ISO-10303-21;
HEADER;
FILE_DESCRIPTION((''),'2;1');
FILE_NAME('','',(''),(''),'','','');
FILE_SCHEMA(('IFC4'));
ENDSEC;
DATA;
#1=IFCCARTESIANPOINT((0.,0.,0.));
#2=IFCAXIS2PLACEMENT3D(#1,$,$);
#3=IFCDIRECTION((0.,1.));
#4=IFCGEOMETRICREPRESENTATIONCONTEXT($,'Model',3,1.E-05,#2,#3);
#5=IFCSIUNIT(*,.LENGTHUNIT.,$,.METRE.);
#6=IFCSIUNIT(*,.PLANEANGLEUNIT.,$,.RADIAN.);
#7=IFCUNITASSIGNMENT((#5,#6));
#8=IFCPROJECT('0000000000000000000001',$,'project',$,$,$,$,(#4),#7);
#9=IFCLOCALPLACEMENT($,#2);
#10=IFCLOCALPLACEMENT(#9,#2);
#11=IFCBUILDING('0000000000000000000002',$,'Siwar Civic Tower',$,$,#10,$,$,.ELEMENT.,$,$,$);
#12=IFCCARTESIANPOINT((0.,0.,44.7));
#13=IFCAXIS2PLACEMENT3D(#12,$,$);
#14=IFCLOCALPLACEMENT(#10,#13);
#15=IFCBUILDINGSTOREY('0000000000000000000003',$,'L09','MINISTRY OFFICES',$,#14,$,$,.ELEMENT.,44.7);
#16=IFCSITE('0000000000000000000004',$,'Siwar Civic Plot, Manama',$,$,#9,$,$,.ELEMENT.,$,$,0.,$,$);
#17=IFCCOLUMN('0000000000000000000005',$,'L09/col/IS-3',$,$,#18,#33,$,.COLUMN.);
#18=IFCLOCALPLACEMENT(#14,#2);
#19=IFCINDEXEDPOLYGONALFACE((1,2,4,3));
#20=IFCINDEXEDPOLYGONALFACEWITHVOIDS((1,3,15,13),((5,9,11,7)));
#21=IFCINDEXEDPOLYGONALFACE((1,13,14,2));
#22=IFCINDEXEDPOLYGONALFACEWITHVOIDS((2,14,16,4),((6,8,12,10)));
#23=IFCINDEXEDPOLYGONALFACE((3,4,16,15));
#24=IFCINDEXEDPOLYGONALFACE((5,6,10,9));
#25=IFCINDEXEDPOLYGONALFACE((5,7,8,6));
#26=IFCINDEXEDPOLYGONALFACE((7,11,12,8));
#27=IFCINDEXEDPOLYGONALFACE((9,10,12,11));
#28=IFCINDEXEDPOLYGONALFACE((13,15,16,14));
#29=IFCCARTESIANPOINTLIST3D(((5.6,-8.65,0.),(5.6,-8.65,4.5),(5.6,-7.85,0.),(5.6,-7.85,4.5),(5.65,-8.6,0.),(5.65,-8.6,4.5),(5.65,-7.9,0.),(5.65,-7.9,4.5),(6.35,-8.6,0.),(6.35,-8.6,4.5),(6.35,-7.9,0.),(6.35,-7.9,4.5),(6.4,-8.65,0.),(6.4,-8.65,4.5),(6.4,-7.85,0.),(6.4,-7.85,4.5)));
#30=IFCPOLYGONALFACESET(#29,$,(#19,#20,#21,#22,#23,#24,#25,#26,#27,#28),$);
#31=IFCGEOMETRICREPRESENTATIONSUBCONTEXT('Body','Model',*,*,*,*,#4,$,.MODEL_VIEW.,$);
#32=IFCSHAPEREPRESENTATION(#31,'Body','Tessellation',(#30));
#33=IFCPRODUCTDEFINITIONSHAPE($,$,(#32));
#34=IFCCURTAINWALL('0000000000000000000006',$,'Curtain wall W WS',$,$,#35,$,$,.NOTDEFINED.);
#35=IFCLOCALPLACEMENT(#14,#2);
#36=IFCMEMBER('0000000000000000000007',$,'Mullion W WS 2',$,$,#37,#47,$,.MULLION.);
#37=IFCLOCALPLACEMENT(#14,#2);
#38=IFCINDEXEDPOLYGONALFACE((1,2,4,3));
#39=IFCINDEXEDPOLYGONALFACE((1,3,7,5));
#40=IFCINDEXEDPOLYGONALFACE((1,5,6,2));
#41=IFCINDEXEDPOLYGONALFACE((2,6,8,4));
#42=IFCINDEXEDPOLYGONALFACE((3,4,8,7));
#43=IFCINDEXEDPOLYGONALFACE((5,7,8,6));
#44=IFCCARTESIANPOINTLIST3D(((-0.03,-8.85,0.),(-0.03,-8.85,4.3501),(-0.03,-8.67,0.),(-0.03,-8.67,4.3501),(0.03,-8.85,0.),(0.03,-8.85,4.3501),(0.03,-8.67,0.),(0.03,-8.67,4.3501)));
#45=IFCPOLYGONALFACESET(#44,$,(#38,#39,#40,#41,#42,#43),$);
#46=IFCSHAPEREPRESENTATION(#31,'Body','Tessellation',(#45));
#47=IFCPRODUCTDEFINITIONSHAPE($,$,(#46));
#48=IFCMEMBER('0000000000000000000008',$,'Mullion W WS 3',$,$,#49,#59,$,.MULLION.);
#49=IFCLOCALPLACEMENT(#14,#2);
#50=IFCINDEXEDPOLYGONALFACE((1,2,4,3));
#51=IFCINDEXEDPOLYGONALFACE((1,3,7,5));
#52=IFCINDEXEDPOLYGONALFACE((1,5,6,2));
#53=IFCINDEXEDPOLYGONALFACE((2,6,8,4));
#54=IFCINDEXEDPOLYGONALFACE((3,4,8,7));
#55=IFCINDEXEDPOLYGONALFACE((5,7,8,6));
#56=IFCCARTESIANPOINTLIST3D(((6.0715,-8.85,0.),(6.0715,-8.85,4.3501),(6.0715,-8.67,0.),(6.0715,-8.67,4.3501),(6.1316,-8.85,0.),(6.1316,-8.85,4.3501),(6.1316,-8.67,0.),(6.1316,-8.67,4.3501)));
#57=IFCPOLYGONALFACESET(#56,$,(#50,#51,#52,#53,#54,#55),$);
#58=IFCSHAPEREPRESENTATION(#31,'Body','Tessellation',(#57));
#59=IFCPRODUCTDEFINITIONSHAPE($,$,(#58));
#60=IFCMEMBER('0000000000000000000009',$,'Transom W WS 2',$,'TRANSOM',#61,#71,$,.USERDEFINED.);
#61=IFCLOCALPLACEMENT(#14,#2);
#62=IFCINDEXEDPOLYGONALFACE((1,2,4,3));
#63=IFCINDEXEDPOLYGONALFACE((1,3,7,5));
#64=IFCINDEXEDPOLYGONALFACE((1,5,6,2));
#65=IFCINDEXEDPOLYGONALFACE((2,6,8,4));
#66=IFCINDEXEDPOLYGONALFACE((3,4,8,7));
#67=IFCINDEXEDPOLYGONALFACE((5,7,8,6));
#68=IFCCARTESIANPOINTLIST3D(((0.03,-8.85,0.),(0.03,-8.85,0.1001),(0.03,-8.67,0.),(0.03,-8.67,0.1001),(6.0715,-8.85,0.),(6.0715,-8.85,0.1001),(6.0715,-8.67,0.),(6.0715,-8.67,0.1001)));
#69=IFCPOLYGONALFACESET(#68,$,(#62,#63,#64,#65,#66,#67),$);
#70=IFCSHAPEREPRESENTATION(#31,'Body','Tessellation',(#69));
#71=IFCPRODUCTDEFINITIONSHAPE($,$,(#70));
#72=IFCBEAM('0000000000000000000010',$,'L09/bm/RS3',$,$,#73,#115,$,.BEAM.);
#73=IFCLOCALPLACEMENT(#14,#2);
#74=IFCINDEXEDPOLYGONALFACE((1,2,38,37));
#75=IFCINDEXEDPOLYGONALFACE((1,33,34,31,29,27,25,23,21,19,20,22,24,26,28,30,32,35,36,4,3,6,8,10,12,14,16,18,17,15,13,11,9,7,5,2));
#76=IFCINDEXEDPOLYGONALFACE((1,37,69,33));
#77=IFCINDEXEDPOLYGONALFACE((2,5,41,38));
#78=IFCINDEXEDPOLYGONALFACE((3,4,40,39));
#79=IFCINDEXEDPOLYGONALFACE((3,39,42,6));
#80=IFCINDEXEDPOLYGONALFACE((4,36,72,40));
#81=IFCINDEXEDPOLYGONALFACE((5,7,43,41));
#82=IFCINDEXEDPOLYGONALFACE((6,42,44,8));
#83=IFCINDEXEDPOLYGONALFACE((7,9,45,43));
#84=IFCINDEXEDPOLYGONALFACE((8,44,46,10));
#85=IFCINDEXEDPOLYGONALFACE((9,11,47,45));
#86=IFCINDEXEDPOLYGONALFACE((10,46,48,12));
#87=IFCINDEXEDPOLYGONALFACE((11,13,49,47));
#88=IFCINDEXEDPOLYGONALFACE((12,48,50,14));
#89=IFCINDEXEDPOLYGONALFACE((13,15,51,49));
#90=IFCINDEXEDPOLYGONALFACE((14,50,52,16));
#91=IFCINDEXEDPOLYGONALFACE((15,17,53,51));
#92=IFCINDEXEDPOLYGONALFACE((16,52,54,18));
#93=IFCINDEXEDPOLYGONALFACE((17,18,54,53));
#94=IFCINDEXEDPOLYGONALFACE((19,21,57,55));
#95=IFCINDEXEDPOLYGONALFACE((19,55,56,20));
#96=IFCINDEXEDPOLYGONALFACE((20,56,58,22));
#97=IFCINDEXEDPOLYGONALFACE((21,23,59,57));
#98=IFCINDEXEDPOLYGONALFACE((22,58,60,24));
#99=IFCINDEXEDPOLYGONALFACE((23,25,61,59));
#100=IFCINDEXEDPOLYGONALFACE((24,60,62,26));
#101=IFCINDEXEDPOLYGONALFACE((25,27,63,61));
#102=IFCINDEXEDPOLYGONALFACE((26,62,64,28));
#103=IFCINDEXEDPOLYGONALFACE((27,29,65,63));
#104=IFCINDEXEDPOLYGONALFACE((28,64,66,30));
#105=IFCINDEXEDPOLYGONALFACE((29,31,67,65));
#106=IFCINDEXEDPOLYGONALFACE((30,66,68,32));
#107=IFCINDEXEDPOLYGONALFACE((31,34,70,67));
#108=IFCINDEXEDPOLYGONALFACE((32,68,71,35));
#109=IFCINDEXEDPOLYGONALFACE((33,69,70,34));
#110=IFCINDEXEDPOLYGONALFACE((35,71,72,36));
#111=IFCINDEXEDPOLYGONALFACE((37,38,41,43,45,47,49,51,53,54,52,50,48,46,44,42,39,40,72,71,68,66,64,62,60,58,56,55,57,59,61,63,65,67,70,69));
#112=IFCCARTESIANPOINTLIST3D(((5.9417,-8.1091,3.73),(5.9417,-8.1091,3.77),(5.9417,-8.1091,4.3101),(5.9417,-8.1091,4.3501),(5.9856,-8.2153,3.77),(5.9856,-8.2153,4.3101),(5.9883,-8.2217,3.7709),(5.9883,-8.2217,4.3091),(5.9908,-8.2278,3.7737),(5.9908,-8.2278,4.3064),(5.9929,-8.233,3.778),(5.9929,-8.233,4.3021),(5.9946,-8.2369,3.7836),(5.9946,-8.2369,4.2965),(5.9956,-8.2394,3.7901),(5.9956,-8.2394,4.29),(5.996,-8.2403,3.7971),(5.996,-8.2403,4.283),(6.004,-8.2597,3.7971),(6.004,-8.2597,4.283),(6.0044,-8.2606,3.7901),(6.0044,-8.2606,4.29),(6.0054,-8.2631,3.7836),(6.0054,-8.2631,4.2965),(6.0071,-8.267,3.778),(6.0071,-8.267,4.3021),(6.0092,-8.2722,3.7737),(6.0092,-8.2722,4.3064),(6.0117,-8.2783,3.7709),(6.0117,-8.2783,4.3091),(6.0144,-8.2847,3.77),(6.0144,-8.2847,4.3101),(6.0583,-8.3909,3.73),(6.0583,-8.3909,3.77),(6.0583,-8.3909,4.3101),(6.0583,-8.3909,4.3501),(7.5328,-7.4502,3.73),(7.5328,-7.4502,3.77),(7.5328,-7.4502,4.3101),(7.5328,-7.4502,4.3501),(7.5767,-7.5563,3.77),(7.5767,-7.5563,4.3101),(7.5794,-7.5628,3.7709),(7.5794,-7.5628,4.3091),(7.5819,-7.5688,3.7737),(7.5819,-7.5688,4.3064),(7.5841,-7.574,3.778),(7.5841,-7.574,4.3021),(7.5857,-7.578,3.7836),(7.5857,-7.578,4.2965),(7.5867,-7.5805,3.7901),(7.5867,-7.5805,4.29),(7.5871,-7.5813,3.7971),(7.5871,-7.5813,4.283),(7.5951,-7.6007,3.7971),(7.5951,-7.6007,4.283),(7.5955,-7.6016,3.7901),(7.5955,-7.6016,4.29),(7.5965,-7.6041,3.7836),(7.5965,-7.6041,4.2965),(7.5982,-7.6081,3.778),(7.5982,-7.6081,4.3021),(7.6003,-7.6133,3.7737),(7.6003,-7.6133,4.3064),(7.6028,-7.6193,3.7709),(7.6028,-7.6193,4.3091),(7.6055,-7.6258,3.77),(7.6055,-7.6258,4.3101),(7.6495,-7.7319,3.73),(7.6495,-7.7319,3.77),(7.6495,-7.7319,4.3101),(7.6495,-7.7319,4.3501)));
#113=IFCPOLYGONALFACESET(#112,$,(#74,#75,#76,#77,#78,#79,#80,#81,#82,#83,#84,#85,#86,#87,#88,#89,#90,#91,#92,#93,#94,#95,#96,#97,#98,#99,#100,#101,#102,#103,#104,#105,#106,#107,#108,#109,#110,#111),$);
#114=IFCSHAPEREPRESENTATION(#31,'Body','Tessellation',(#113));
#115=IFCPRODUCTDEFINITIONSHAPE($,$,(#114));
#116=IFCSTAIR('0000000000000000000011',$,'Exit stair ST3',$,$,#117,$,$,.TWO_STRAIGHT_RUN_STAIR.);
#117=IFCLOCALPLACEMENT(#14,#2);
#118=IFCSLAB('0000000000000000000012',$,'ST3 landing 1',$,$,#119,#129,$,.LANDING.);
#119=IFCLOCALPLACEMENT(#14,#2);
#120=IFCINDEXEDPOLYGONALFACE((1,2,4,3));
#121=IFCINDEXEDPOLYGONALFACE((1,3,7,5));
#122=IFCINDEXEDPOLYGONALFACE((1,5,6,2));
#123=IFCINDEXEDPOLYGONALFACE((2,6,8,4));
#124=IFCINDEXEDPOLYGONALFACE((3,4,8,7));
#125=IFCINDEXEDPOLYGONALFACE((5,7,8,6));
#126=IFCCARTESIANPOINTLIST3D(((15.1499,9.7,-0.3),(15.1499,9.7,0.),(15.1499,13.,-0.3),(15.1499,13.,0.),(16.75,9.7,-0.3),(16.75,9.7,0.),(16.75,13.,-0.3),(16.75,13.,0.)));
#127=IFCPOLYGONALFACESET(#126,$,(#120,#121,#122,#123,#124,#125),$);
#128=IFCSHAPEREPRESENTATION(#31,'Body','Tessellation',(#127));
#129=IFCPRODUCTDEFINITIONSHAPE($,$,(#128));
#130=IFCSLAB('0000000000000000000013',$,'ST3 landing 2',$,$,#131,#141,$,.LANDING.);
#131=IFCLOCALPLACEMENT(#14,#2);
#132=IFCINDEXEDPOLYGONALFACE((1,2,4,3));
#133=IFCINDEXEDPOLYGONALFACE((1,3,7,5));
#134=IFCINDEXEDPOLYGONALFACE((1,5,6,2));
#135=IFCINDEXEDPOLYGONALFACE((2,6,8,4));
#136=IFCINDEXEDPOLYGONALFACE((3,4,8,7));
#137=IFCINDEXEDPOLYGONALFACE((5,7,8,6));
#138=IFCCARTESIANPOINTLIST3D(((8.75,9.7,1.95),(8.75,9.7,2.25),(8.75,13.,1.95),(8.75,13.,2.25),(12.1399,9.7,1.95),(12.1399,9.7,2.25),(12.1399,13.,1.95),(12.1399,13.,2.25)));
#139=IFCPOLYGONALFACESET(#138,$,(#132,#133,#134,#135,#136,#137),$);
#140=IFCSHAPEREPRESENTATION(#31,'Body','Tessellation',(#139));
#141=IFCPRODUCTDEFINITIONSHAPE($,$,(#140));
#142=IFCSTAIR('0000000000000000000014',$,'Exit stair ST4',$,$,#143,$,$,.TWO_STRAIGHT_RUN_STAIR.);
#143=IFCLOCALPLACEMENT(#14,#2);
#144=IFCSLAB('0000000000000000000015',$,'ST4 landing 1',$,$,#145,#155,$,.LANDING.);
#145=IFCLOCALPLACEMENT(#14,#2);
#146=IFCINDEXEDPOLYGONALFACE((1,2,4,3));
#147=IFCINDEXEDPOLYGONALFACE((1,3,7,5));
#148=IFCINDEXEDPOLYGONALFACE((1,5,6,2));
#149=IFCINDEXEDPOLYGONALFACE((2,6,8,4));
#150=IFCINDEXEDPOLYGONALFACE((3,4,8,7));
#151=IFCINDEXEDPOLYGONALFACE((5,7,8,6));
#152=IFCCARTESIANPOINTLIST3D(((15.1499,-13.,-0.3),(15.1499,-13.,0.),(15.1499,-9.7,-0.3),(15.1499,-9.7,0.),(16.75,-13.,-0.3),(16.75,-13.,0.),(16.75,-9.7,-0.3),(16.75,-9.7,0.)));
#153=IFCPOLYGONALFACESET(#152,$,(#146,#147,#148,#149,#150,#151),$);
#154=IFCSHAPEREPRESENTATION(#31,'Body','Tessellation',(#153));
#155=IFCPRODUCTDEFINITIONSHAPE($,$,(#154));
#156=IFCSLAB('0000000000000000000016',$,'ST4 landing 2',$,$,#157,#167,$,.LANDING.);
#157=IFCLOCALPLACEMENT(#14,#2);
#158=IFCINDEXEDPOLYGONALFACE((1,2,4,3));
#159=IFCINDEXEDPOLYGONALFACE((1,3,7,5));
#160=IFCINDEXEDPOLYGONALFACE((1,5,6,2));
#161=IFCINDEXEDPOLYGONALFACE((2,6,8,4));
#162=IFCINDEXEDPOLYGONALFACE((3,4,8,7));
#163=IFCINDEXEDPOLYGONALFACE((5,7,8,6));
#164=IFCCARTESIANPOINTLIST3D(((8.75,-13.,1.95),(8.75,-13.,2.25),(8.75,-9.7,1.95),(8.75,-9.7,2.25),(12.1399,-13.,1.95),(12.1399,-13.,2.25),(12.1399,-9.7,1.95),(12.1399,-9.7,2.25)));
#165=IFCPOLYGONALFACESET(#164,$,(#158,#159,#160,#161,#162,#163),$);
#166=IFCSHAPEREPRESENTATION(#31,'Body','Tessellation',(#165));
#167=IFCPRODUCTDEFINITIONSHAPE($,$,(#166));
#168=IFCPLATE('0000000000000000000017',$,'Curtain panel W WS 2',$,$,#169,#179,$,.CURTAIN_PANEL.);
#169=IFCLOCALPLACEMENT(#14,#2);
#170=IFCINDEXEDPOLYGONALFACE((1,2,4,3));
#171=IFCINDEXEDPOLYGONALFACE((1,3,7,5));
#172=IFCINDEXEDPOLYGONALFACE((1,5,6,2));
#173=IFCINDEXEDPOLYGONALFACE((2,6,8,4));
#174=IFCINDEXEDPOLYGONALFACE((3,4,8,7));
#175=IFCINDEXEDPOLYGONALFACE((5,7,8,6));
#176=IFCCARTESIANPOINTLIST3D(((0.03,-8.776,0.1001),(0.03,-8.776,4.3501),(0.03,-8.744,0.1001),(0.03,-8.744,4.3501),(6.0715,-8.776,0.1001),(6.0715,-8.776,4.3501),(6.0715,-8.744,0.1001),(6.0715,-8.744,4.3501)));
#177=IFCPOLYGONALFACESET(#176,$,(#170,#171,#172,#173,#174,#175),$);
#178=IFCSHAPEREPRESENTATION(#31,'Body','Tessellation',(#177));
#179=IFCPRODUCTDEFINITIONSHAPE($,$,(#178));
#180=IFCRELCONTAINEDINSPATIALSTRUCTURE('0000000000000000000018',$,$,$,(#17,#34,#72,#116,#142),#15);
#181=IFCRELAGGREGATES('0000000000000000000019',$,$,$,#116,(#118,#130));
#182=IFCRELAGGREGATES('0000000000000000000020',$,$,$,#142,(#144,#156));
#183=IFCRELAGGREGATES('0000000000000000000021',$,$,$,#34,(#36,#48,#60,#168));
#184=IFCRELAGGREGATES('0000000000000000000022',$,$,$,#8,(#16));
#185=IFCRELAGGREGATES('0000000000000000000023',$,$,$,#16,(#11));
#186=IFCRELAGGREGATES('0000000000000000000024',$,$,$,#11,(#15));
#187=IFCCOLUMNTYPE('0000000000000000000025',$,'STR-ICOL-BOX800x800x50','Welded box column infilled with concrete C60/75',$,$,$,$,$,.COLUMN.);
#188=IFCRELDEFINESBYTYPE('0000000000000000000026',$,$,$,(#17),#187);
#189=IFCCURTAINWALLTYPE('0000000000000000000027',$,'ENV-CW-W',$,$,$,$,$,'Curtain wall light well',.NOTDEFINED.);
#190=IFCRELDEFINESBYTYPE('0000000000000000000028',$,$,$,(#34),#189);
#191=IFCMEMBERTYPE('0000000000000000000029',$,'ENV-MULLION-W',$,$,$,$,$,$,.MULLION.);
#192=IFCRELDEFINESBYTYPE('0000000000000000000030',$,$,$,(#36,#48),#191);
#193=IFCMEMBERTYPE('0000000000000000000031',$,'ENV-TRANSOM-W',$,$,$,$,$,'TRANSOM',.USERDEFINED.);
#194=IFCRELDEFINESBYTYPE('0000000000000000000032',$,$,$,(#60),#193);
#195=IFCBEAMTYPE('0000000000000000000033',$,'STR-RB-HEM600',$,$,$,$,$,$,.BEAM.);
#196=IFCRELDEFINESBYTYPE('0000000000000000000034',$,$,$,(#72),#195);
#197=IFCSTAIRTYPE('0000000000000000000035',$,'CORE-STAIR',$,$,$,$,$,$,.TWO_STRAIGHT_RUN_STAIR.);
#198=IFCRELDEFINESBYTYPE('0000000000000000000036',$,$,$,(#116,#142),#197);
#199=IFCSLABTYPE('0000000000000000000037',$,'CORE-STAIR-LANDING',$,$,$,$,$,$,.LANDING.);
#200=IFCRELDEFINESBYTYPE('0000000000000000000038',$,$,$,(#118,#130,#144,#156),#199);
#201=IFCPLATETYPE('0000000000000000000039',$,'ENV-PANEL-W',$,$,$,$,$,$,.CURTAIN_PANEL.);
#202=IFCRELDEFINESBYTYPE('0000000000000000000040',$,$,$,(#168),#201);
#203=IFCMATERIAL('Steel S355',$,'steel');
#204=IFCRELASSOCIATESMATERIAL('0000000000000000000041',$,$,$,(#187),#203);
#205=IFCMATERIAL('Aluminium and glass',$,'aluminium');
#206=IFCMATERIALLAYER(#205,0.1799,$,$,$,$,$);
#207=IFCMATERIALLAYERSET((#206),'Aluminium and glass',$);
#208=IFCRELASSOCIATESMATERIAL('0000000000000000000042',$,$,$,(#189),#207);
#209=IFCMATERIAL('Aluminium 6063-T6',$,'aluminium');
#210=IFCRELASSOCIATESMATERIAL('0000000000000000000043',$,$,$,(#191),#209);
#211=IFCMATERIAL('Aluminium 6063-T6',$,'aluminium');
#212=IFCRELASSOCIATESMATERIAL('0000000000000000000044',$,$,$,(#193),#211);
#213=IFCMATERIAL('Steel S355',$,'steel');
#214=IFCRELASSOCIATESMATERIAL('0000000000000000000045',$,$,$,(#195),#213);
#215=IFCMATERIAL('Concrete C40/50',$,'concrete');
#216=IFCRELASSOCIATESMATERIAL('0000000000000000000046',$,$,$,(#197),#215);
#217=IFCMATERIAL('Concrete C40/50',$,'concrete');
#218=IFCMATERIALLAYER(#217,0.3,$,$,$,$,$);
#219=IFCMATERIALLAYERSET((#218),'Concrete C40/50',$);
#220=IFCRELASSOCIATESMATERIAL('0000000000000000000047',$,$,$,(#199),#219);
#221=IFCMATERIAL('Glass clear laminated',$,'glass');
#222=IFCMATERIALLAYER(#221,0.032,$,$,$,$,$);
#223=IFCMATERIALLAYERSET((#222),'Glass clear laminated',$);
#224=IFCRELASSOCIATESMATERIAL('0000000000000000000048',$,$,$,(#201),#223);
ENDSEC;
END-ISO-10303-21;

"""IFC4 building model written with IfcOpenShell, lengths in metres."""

from ifc_helpers import new_model, si_unit, direction, frame, origin, origin_2d, place, context, subcontext, project, spatial, polyline, rectangle, hollow_rectangle, i_section, outline, extrude, material, layer, layer_set, material_profile, profile_set, type_object, element, aggregate, save


model = new_model("IFC4")

# Units and contexts
model_context = context("Model", 3, precision=1e-05, world=origin(), true_north=direction((0.0, 1.0)))
body_context = subcontext(model_context, "Body", "Model", "MODEL_VIEW")
ifc_project = project(units=[si_unit("LENGTHUNIT", "METRE"), si_unit("PLANEANGLEUNIT", "RADIAN")], contexts=[model_context])

# Site, building, storey
site_placement = place(None, origin())
site = spatial("IfcSite", under=ifc_project, at=site_placement, Name="Siwar Civic Plot, Manama", CompositionType="ELEMENT", RefElevation=0.0)
building_placement = place(site_placement, origin())
building = spatial("IfcBuilding", under=site, at=building_placement, Name="Siwar Civic Tower", CompositionType="ELEMENT")
storey_placement = place(building_placement, frame((0.0, 0.0, 44.7)))
storey = spatial("IfcBuildingStorey", under=building, at=storey_placement, Name="L09", Description="MINISTRY OFFICES", CompositionType="ELEMENT", Elevation=44.7)

# Column
ifc_material_1 = material(Name="Steel S355", Category="steel")
ifc_material_profile_1 = material_profile(ifc_material_1, hollow_rectangle(XDim=0.8, YDim=0.8, WallThickness=0.05, at=origin_2d()), Name="BOX800x800x50")
ifc_profile_set_1 = profile_set([ifc_material_profile_1], Name="Steel S355")
column_type = type_object("IfcColumnType", Name="STR-ICOL-BOX800x800x50", Description="Welded box column infilled with concrete C60/75", PredefinedType="COLUMN", material=ifc_profile_set_1)
column_placement = place(storey_placement, frame((6.0, -8.25, 0.0), z_axis=(0.0, 0.0, 1.0), x_axis=(1.0, 0.0, 0.0)))
element("IfcColumn", 1, at=column_placement, inside=storey, type_object=column_type, Name="L09/col/IS-3", PredefinedType="COLUMN", context=body_context, shape_type="SweptSolid", body=[
    extrude(hollow_rectangle(XDim=0.8, YDim=0.8, WallThickness=0.05, at=origin_2d()), origin(), (0.0, 0.0, 1.0), 4.5),
])

# Curtain wall, members
ifc_material_2 = material(Name="Aluminium and glass", Category="aluminium")
ifc_layer_1 = layer(ifc_material_2, 0.1799)
ifc_layer_set_1 = layer_set([ifc_layer_1], Name="Aluminium and glass")
curtain_wall_type = type_object("IfcCurtainWallType", Name="ENV-CW-W", ElementType="Curtain wall light well", PredefinedType="NOTDEFINED", material=ifc_layer_set_1)
curtain_wall_placement = place(storey_placement, origin())
curtain_wall = element("IfcCurtainWall", 2, at=curtain_wall_placement, inside=storey, type_object=curtain_wall_type, Name="Curtain wall W WS", PredefinedType="NOTDEFINED")
ifc_material_3 = material(Name="Aluminium 6063-T6", Category="aluminium")
ifc_material_profile_2 = material_profile(ifc_material_3, rectangle(XDim=0.1799, YDim=0.0601, at=origin_2d()), Name="AL 180x60")
ifc_profile_set_2 = profile_set([ifc_material_profile_2], Name="Aluminium 6063-T6")
member_type_1 = type_object("IfcMemberType", Name="ENV-MULLION-W", PredefinedType="MULLION", material=ifc_profile_set_2)
member_1_placement = place(storey_placement, frame((0.0, -8.76, 0.0), z_axis=(0.0, 0.0, 1.0), x_axis=(0.0, 1.0, 0.0)))
member_1 = element("IfcMember", 3, at=member_1_placement, type_object=member_type_1, Name="Mullion W WS 2", PredefinedType="MULLION", context=body_context, shape_type="SweptSolid", body=[
    extrude(rectangle(XDim=0.1799, YDim=0.0601, at=origin_2d()), origin(), (0.0, 0.0, 1.0), 4.3501),
])
member_2_placement = place(storey_placement, frame((6.1016, -8.76, 0.0), z_axis=(0.0, 0.0, 1.0), x_axis=(0.0, 1.0, 0.0)))
member_2 = element("IfcMember", 4, at=member_2_placement, type_object=member_type_1, Name="Mullion W WS 3", PredefinedType="MULLION", context=body_context, shape_type="SweptSolid", body=[
    extrude(rectangle(XDim=0.1799, YDim=0.0601, at=origin_2d()), origin(), (0.0, 0.0, 1.0), 4.3501),
])
ifc_material_4 = material(Name="Aluminium 6063-T6", Category="aluminium")
ifc_material_profile_3 = material_profile(ifc_material_4, rectangle(XDim=0.1799, YDim=0.1001, at=origin_2d()), Name="AL 180x100")
ifc_profile_set_3 = profile_set([ifc_material_profile_3], Name="Aluminium 6063-T6")
member_type_2 = type_object("IfcMemberType", Name="ENV-TRANSOM-W", ElementType="TRANSOM", PredefinedType="USERDEFINED", material=ifc_profile_set_3)
member_3_placement = place(storey_placement, frame((0.03, -8.76, 0.05), z_axis=(1.0, 0.0, 0.0), x_axis=(0.0, 1.0, 0.0)))
member_3 = element("IfcMember", 5, at=member_3_placement, type_object=member_type_2, Name="Transom W WS 2", ObjectType="TRANSOM", PredefinedType="USERDEFINED", context=body_context, shape_type="SweptSolid", body=[
    extrude(rectangle(XDim=0.1799, YDim=0.1001, at=origin_2d()), origin(), (0.0, 0.0, 1.0), 6.0415),
])

# Beam
ifc_material_5 = material(Name="Steel S355", Category="steel")
ifc_material_profile_4 = material_profile(ifc_material_5, i_section(OverallWidth=0.3049, OverallDepth=0.6201, WebThickness=0.021, FlangeThickness=0.04, FilletRadius=0.0271, at=origin_2d()), Name="HEM600")
ifc_profile_set_4 = profile_set([ifc_material_profile_4], Name="Steel S355")
beam_type = type_object("IfcBeamType", Name="STR-RB-HEM600", PredefinedType="BEAM", material=ifc_profile_set_4)
beam_placement = place(storey_placement, frame((6.0, -8.25, 4.04), z_axis=(0.923901, 0.382631, 0.0), x_axis=(-0.382631, 0.923901, 0.0)))
element("IfcBeam", 6, at=beam_placement, inside=storey, type_object=beam_type, Name="L09/bm/RS3", PredefinedType="BEAM", context=body_context, shape_type="SweptSolid", body=[
    extrude(i_section(OverallWidth=0.3049, OverallDepth=0.6201, WebThickness=0.021, FlangeThickness=0.04, FilletRadius=0.0271, at=origin_2d()), origin(), (0.0, 0.0, 1.0), 1.7222),
])

# Stairs, slabs
ifc_material_6 = material(Name="Concrete C40/50", Category="concrete")
stair_type = type_object("IfcStairType", Name="CORE-STAIR", PredefinedType="TWO_STRAIGHT_RUN_STAIR", material=ifc_material_6)
stair_1_placement = place(storey_placement, origin())
stair_1 = element("IfcStair", 7, at=stair_1_placement, inside=storey, type_object=stair_type, Name="Exit stair ST3", PredefinedType="TWO_STRAIGHT_RUN_STAIR")
ifc_material_7 = material(Name="Concrete C40/50", Category="concrete")
ifc_layer_2 = layer(ifc_material_7, 0.3)
ifc_layer_set_2 = layer_set([ifc_layer_2], Name="Concrete C40/50")
slab_type_1 = type_object("IfcSlabType", Name="CORE-STAIR-LANDING", PredefinedType="LANDING", material=ifc_layer_set_2)
slab_1_placement = place(storey_placement, frame((0.0, 0.0, -0.3)))
slab_1 = element("IfcSlab", 8, at=slab_1_placement, type_object=slab_type_1, Name="ST3 landing 1", PredefinedType="LANDING", context=body_context, shape_type="SweptSolid", body=[
    extrude(outline(polyline([(15.1499, 9.7), (16.75, 9.7), (16.75, 13.0), (15.1499, 13.0), (15.1499, 9.7)])), origin(), (0.0, 0.0, 1.0), 0.3),
])
slab_2_placement = place(storey_placement, frame((0.0, 0.0, 1.95)))
slab_2 = element("IfcSlab", 9, at=slab_2_placement, type_object=slab_type_1, Name="ST3 landing 2", PredefinedType="LANDING", context=body_context, shape_type="SweptSolid", body=[
    extrude(outline(polyline([(8.75, 9.7), (12.1399, 9.7), (12.1399, 13.0), (8.75, 13.0), (8.75, 9.7)])), origin(), (0.0, 0.0, 1.0), 0.3),
])
aggregate(stair_1, [slab_1, slab_2])
stair_2_placement = place(storey_placement, origin())
stair_2 = element("IfcStair", 10, at=stair_2_placement, inside=storey, type_object=stair_type, Name="Exit stair ST4", PredefinedType="TWO_STRAIGHT_RUN_STAIR")
slab_3_placement = place(storey_placement, frame((0.0, 0.0, -0.3)))
slab_3 = element("IfcSlab", 11, at=slab_3_placement, type_object=slab_type_1, Name="ST4 landing 1", PredefinedType="LANDING", context=body_context, shape_type="SweptSolid", body=[
    extrude(outline(polyline([(15.1499, -13.0), (16.75, -13.0), (16.75, -9.7), (15.1499, -9.7), (15.1499, -13.0)])), origin(), (0.0, 0.0, 1.0), 0.3),
])
slab_4_placement = place(storey_placement, frame((0.0, 0.0, 1.95)))
slab_4 = element("IfcSlab", 12, at=slab_4_placement, type_object=slab_type_1, Name="ST4 landing 2", PredefinedType="LANDING", context=body_context, shape_type="SweptSolid", body=[
    extrude(outline(polyline([(8.75, -13.0), (12.1399, -13.0), (12.1399, -9.7), (8.75, -9.7), (8.75, -13.0)])), origin(), (0.0, 0.0, 1.0), 0.3),
])
aggregate(stair_2, [slab_3, slab_4])

# Plate
ifc_material_8 = material(Name="Glass clear laminated", Category="glass")
ifc_layer_3 = layer(ifc_material_8, 0.032)
ifc_layer_set_3 = layer_set([ifc_layer_3], Name="Glass clear laminated")
plate_type = type_object("IfcPlateType", Name="ENV-PANEL-W", PredefinedType="CURTAIN_PANEL", material=ifc_layer_set_3)
plate_placement = place(storey_placement, frame((3.0508, -8.76, 0.1001), z_axis=(0.0, 0.0, 1.0), x_axis=(1.0, 0.0, 0.0)))
plate = element("IfcPlate", 13, at=plate_placement, type_object=plate_type, Name="Curtain panel W WS 2", PredefinedType="CURTAIN_PANEL", context=body_context, shape_type="SweptSolid", body=[
    extrude(rectangle(XDim=6.0415, YDim=0.032, at=origin_2d()), origin(), (0.0, 0.0, 1.0), 4.25),
])
aggregate(curtain_wall, [member_1, member_2, member_3, plate])

save(model, "model.ifc")
